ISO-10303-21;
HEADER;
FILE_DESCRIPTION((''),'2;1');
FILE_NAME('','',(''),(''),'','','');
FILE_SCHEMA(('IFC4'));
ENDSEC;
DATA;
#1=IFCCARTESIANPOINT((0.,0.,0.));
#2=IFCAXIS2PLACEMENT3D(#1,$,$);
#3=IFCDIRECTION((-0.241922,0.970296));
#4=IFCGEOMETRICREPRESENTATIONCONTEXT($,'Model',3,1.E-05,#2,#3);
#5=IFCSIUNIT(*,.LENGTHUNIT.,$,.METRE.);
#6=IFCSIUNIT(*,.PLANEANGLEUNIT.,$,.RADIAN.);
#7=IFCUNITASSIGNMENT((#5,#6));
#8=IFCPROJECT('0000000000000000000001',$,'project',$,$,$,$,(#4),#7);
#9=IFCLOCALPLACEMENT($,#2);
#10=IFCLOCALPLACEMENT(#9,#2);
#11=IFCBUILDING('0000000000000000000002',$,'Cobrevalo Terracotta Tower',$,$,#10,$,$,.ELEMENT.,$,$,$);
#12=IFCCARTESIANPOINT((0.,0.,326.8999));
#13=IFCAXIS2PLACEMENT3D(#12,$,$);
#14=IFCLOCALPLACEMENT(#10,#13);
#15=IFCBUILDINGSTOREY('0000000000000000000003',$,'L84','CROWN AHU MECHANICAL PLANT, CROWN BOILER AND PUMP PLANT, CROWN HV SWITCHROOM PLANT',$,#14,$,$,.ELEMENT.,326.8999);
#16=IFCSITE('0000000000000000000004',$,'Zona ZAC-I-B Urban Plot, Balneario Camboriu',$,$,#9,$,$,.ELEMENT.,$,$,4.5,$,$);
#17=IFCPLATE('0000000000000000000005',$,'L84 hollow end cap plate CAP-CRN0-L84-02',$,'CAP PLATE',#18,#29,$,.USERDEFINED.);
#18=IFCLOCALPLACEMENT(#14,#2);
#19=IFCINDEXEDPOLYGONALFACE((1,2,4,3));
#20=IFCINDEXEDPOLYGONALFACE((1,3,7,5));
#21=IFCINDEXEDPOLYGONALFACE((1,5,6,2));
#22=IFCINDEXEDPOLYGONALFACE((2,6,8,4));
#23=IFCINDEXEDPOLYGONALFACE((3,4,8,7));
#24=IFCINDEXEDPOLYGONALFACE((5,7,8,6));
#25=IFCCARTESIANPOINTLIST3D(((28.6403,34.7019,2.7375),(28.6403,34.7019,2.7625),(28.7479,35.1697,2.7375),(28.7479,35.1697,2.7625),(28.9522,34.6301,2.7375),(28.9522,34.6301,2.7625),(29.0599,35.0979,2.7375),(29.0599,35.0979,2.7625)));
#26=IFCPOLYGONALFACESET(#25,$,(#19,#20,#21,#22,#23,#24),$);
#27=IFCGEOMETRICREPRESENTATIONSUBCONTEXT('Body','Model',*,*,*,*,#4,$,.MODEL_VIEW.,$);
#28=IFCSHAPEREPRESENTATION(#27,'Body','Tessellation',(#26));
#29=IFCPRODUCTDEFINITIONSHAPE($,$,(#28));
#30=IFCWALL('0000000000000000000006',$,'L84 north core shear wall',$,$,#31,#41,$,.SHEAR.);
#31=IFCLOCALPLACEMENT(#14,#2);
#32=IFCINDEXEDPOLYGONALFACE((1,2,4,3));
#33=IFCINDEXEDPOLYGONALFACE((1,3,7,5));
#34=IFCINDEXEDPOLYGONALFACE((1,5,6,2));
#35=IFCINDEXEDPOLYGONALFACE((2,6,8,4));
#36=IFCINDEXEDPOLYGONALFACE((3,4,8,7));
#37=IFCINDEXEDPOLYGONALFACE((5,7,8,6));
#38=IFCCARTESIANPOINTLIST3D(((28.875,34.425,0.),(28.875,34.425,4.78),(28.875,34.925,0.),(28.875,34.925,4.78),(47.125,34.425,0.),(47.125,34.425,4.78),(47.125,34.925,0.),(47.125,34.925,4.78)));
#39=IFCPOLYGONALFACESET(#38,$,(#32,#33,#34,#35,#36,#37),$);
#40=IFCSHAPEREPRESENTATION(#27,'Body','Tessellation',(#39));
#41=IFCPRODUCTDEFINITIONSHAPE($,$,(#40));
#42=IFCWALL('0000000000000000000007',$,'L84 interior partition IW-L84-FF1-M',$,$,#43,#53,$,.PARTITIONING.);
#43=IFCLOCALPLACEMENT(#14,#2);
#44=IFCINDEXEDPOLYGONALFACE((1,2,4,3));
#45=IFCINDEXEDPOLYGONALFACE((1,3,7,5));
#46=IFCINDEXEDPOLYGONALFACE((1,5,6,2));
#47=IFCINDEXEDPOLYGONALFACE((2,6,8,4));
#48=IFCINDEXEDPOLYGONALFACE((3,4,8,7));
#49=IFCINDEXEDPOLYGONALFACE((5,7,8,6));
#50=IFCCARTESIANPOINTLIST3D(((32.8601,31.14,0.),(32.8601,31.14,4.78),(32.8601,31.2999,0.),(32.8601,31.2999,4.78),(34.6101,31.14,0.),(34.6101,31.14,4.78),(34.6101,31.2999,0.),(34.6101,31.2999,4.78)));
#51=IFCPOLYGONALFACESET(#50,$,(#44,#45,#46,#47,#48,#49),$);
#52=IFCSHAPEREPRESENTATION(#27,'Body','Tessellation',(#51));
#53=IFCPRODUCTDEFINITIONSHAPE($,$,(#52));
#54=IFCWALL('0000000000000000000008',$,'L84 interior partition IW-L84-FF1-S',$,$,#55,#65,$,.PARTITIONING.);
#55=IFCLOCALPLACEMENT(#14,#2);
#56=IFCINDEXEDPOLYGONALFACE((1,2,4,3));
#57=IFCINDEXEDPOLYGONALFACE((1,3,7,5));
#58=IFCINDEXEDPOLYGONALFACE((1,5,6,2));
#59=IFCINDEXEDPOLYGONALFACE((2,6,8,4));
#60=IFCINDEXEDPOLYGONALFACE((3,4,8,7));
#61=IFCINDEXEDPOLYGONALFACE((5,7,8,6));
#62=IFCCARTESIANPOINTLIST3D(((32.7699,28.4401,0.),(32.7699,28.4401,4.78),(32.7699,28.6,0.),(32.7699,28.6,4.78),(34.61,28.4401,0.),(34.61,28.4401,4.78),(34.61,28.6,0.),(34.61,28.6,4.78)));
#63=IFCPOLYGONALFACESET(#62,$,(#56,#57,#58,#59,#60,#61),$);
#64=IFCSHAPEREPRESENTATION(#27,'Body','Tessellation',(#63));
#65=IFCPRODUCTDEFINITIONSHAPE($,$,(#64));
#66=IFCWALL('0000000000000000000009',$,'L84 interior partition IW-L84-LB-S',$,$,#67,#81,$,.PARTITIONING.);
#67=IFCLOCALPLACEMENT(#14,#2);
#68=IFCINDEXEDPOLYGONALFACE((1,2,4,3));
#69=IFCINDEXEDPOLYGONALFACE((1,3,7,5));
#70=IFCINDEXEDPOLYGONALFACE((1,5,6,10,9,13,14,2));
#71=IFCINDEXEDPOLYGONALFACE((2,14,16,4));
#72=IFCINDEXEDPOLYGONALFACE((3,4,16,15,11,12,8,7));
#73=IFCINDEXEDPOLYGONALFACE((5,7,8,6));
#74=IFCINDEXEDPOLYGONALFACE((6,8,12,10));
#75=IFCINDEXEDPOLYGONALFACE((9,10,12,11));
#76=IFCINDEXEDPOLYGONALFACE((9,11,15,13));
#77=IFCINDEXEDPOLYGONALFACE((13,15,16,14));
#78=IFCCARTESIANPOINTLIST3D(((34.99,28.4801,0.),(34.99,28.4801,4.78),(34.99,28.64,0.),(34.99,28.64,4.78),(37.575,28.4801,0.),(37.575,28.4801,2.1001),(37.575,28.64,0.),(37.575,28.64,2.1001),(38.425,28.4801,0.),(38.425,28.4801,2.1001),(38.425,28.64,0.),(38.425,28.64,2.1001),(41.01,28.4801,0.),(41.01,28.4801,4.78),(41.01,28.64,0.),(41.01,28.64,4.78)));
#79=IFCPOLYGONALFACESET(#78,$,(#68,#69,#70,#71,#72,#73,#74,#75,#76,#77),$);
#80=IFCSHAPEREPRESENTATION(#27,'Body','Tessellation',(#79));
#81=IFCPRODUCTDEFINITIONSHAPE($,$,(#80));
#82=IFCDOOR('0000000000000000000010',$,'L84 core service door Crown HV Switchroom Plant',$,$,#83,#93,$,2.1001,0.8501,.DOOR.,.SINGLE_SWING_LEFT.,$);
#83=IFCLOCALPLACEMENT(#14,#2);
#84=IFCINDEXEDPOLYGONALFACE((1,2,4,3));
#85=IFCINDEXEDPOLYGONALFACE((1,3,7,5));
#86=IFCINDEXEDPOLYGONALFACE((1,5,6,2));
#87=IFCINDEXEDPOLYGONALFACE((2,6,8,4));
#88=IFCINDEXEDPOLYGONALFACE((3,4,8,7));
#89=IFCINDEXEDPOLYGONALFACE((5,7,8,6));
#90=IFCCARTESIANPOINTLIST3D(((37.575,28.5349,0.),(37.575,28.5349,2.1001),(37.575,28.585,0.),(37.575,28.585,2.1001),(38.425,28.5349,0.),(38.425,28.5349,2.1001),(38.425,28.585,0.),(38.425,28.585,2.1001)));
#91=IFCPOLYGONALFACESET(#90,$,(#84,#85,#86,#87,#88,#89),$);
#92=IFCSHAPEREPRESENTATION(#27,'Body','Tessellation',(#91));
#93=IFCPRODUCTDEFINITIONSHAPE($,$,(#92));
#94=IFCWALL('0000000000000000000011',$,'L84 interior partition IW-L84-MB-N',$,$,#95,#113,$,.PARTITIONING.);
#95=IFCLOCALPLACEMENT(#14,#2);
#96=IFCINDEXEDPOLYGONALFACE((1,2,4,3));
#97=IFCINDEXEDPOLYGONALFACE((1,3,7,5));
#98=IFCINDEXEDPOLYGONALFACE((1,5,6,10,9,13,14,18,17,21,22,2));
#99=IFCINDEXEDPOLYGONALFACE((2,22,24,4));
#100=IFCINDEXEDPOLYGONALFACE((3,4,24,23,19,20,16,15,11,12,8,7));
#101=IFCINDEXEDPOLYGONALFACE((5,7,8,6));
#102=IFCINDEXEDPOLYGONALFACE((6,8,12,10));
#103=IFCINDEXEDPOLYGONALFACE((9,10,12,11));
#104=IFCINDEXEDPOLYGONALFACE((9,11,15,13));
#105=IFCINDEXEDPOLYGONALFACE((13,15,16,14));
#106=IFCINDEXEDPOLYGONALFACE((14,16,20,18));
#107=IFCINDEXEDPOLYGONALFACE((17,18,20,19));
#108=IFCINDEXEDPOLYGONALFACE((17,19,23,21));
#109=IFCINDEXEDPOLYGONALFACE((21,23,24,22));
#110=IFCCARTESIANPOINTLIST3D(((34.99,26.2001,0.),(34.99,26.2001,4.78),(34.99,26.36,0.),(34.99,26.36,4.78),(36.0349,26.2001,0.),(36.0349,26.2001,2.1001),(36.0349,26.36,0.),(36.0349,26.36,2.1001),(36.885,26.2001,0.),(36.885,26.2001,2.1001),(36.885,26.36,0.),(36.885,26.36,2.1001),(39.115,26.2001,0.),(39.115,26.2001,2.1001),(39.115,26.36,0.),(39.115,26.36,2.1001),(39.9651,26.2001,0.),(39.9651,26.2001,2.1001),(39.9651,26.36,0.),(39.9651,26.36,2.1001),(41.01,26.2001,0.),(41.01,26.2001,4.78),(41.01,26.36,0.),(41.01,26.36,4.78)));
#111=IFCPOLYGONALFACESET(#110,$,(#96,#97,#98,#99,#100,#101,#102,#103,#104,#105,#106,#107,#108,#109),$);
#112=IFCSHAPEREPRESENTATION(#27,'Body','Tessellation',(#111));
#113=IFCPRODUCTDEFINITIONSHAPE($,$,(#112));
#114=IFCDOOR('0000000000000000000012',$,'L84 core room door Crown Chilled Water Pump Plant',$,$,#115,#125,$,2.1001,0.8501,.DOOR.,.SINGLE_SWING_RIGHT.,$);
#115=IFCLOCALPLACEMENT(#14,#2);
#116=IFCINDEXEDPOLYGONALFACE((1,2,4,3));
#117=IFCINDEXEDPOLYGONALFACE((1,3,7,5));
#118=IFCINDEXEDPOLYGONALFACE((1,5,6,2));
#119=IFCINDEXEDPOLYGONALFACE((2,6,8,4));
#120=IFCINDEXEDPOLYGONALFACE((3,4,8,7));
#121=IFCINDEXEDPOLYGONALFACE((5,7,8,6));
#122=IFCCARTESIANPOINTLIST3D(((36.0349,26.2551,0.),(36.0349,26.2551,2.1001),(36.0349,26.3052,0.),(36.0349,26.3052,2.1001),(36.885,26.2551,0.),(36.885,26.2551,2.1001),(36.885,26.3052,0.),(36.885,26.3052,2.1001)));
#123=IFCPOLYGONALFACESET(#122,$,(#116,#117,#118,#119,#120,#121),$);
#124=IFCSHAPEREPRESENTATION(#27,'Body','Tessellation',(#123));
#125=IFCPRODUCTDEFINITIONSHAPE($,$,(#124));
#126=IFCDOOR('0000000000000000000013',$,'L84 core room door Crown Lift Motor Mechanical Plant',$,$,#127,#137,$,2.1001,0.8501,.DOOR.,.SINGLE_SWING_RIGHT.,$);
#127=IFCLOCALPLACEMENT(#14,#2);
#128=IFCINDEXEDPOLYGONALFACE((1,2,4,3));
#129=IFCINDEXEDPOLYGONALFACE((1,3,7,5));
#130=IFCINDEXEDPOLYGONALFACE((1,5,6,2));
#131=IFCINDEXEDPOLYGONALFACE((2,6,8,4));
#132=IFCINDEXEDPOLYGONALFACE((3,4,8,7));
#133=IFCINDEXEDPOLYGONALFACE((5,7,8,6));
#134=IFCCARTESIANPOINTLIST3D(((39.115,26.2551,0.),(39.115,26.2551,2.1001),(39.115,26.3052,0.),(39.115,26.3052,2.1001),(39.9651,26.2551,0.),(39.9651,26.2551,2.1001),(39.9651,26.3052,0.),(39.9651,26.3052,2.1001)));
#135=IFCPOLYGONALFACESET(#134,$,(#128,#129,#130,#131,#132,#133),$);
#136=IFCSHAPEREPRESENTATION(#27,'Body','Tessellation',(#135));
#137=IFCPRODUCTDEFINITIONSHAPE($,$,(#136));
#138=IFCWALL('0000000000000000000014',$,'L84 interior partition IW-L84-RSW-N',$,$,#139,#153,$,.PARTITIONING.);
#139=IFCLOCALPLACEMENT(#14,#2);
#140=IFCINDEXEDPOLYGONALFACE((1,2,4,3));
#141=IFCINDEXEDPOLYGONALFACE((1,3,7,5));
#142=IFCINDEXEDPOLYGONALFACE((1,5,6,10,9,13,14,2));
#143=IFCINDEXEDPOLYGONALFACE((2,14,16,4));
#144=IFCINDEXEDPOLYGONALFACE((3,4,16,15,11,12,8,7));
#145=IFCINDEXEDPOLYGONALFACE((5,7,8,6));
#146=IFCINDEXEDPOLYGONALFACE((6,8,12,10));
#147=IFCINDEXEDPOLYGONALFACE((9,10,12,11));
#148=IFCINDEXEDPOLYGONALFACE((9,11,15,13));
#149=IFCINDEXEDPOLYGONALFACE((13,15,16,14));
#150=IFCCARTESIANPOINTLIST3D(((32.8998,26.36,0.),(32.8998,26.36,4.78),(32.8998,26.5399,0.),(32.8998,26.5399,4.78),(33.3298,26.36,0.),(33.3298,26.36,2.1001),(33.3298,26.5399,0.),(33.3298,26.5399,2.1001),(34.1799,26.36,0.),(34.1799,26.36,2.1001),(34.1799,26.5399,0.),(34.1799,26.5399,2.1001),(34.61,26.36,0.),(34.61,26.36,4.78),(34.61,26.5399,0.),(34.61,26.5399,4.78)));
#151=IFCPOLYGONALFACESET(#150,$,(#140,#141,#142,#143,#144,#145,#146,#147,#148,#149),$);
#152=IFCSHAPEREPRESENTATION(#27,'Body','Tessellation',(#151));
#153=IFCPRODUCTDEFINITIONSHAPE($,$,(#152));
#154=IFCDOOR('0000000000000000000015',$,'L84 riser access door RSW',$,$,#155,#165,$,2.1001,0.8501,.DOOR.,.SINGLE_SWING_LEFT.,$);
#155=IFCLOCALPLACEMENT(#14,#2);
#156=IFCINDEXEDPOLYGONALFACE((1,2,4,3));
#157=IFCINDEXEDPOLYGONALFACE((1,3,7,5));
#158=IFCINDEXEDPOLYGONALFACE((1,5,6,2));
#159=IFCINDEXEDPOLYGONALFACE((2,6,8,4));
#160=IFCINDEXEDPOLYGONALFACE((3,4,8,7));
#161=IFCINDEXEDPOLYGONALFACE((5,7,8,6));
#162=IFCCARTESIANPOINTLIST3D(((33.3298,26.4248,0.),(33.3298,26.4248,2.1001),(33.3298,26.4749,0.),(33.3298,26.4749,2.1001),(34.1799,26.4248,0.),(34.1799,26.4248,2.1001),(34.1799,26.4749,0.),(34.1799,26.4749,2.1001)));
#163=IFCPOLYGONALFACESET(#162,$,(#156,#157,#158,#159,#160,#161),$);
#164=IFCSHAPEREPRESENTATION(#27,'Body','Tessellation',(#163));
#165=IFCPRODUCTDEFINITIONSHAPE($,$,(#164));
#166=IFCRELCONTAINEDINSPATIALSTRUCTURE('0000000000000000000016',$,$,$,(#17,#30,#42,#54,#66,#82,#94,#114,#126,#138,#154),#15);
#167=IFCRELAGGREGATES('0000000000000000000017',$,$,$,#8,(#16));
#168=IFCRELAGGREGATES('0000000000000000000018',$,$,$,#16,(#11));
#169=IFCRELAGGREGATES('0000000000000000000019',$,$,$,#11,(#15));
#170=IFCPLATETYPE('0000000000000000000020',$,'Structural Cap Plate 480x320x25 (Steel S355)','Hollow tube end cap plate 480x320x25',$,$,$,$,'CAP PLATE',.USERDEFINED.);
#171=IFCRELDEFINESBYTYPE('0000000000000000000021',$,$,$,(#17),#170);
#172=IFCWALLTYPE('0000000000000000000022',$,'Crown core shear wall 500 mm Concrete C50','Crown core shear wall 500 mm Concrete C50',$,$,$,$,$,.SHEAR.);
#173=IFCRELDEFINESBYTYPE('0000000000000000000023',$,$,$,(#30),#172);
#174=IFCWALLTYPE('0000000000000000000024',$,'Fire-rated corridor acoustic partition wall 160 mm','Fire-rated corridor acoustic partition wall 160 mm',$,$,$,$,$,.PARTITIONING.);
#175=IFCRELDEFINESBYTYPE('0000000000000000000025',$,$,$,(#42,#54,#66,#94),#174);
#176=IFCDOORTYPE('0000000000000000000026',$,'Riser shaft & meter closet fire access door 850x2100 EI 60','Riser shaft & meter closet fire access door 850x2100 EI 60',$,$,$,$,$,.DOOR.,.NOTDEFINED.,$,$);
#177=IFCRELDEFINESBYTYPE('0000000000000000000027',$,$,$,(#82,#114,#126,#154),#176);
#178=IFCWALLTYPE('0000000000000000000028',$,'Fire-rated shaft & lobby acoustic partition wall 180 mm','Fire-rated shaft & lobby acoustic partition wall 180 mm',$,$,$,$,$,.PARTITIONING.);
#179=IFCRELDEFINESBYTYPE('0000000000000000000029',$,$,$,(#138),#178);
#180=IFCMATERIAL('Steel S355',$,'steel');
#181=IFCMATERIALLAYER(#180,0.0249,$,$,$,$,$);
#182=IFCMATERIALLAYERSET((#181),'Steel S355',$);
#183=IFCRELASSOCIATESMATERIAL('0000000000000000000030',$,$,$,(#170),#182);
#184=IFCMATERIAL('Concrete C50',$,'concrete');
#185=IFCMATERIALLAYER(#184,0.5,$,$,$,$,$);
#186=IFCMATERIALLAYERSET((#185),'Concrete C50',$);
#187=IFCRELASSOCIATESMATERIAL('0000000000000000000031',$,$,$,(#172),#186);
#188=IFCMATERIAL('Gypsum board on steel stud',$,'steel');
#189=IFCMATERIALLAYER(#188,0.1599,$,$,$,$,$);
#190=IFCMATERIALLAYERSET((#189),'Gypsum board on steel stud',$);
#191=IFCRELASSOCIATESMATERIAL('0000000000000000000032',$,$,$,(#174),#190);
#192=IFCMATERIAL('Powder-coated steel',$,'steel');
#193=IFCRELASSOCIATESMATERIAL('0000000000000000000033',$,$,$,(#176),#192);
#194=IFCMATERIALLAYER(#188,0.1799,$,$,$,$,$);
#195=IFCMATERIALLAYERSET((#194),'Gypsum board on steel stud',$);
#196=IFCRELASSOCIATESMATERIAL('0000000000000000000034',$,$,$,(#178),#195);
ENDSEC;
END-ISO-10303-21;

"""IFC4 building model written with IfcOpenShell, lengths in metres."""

from ifc_helpers import new_model, si_unit, direction, frame, frame_2d, origin, origin_2d, place, context, subcontext, project, spatial, rectangle, extrude, source, transform, mapped, material, layer, layer_set, type_object, element, fill, save


model = new_model("IFC4")

# Units and contexts
model_context = context("Model", 3, precision=1e-05, world=origin(), true_north=direction((-0.241922, 0.970296)))
body_context = subcontext(model_context, "Body", "Model", "MODEL_VIEW")
ifc_project = project(units=[si_unit("LENGTHUNIT", "METRE"), si_unit("PLANEANGLEUNIT", "RADIAN")], contexts=[model_context])

# Site, building, storey
site_placement = place(None, origin())
site = spatial("IfcSite", under=ifc_project, at=site_placement, Name="Zona ZAC-I-B Urban Plot, Balneario Camboriu", CompositionType="ELEMENT", RefElevation=4.5)
building_placement = place(site_placement, origin())
building = spatial("IfcBuilding", under=site, at=building_placement, Name="Cobrevalo Terracotta Tower", CompositionType="ELEMENT")
storey_placement = place(building_placement, frame((0.0, 0.0, 326.8999)))
storey = spatial("IfcBuildingStorey", under=building, at=storey_placement, Name="L84", Description="CROWN AHU MECHANICAL PLANT, CROWN BOILER AND PUMP PLANT, CROWN HV SWITCHROOM PLANT", CompositionType="ELEMENT", Elevation=326.8999)

# Shared definitions
ifc_material_1 = material(Name="Concrete C50", Category="concrete")

# Shared definitions
ifc_material_2 = material(Name="Steel S355", Category="steel")

# Plate
ifc_layer_1 = layer(ifc_material_2, 0.0249)
ifc_layer_set_1 = layer_set([ifc_layer_1], Name="Steel S355")
plate_type = type_object("IfcPlateType", Name="Structural Cap Plate 480x320x25 (Steel S355)", Description="Hollow tube end cap plate 480x320x25", ElementType="CAP PLATE", PredefinedType="USERDEFINED", material=ifc_layer_set_1)
shared_shape_1 = source(origin(), body_context, "Body", "SweptSolid", [
    extrude(rectangle(XDim=0.48, YDim=0.3201, at=origin_2d()), origin(), (0.0, 0.0, 1.0), 0.0249),
])
plate_placement = place(storey_placement, frame((28.8501, 34.8999, 2.7375), z_axis=(0.0, 0.0, 1.0), x_axis=(0.224221, 0.974538, 0.0)))
element("IfcPlate", 1, at=plate_placement, inside=storey, type_object=plate_type, Name="L84 hollow end cap plate CAP-CRN0-L84-02", ObjectType="CAP PLATE", PredefinedType="USERDEFINED", context=body_context, shape_type="MappedRepresentation", body=[
    mapped(shared_shape_1, transform((0.0, 0.0, 0.0), scale=1.0)),
])

# Walls
ifc_layer_2 = layer(ifc_material_1, 0.5)
ifc_layer_set_2 = layer_set([ifc_layer_2], Name="Concrete C50")
wall_type_1 = type_object("IfcWallType", Name="Crown core shear wall 500 mm Concrete C50", Description="Crown core shear wall 500 mm Concrete C50", PredefinedType="SHEAR", material=ifc_layer_set_2)
wall_1_placement = place(storey_placement, frame((28.875, 34.675, 0.0), z_axis=(0.0, 0.0, 1.0), x_axis=(1.0, 0.0, 0.0)))
element("IfcWall", 2, at=wall_1_placement, inside=storey, type_object=wall_type_1, Name="L84 north core shear wall", PredefinedType="SHEAR", context=body_context, shape_type="SweptSolid", body=[
    extrude(rectangle(XDim=18.25, YDim=0.5, at=frame_2d((9.125, 0.0))), origin(), (0.0, 0.0, 1.0), 4.78),
])
ifc_material_3 = material(Name="Gypsum board on steel stud", Category="steel")
ifc_layer_3 = layer(ifc_material_3, 0.1599)
ifc_layer_set_3 = layer_set([ifc_layer_3], Name="Gypsum board on steel stud")
wall_type_2 = type_object("IfcWallType", Name="Fire-rated corridor acoustic partition wall 160 mm", Description="Fire-rated corridor acoustic partition wall 160 mm", PredefinedType="PARTITIONING", material=ifc_layer_set_3)
wall_2_placement = place(storey_placement, frame((32.8601, 31.22, 0.0), z_axis=(0.0, 0.0, 1.0), x_axis=(1.0, 0.0, 0.0)))
element("IfcWall", 3, at=wall_2_placement, inside=storey, type_object=wall_type_2, Name="L84 interior partition IW-L84-FF1-M", PredefinedType="PARTITIONING", context=body_context, shape_type="SweptSolid", body=[
    extrude(rectangle(XDim=1.75, YDim=0.1599, at=frame_2d((0.875, 0.0))), origin(), (0.0, 0.0, 1.0), 4.78),
])
wall_3_placement = place(storey_placement, frame((32.77, 28.52, 0.0), z_axis=(0.0, 0.0, 1.0), x_axis=(1.0, 0.0, 0.0)))
element("IfcWall", 4, at=wall_3_placement, inside=storey, type_object=wall_type_2, Name="L84 interior partition IW-L84-FF1-S", PredefinedType="PARTITIONING", context=body_context, shape_type="SweptSolid", body=[
    extrude(rectangle(XDim=1.8401, YDim=0.1599, at=frame_2d((0.9199, 0.0))), origin(), (0.0, 0.0, 1.0), 4.78),
])

# Wall, opening, door
wall_4_placement = place(storey_placement, frame((34.99, 28.5601, 0.0), z_axis=(0.0, 0.0, 1.0), x_axis=(1.0, 0.0, 0.0)))
wall_4 = element("IfcWall", 5, at=wall_4_placement, inside=storey, type_object=wall_type_2, Name="L84 interior partition IW-L84-LB-S", PredefinedType="PARTITIONING", context=body_context, shape_type="SweptSolid", body=[
    extrude(rectangle(XDim=6.02, YDim=0.1599, at=frame_2d((3.01, 0.0))), origin(), (0.0, 0.0, 1.0), 4.78),
])
opening_1_placement = place(wall_4_placement, frame((2.585, 0.0, 0.0)))
opening_1 = element("IfcOpeningElement", 6, at=opening_1_placement, cuts=wall_4, PredefinedType="OPENING", context=body_context, shape_type="SweptSolid", body=[
    extrude(rectangle(XDim=0.8501, YDim=2.1001, at=frame_2d((0.425, 1.05))), frame((0.0, 0.0898, 0.0), z_axis=(0.0, -1.0, 0.0), x_axis=(1.0, 0.0, 0.0)), (0.0, 0.0, 1.0), 0.1799),
])
ifc_material_4 = material(Name="Powder-coated steel", Category="steel")
door_type_1 = type_object("IfcDoorType", Name="Riser shaft & meter closet fire access door 850x2100 EI 60", Description="Riser shaft & meter closet fire access door 850x2100 EI 60", OperationType="NOTDEFINED", PredefinedType="DOOR", material=ifc_material_4)
shared_shape_2 = source(origin(), body_context, "Body", "SweptSolid", [
    extrude(rectangle(XDim=0.8501, YDim=2.1001, at=frame_2d((0.425, 1.05))), frame((0.0, 0.0249, 0.0), z_axis=(0.0, -1.0, 0.0), x_axis=(1.0, 0.0, 0.0)), (0.0, 0.0, 1.0), 0.05),
])
door_1_placement = place(opening_1_placement, origin())
door_1 = element("IfcDoor", 7, at=door_1_placement, inside=storey, type_object=door_type_1, Name="L84 core service door Crown HV Switchroom Plant", OperationType="SINGLE_SWING_LEFT", OverallHeight=2.1001, OverallWidth=0.8501, PredefinedType="DOOR", context=body_context, shape_type="MappedRepresentation", body=[
    mapped(shared_shape_2, transform((0.0, 0.0, 0.0), scale=1.0)),
])
fill(opening_1, door_1)

# Wall, openings, doors
wall_5_placement = place(storey_placement, frame((34.99, 26.28, 0.0), z_axis=(0.0, 0.0, 1.0), x_axis=(1.0, 0.0, 0.0)))
wall_5 = element("IfcWall", 8, at=wall_5_placement, inside=storey, type_object=wall_type_2, Name="L84 interior partition IW-L84-MB-N", PredefinedType="PARTITIONING", context=body_context, shape_type="SweptSolid", body=[
    extrude(rectangle(XDim=6.02, YDim=0.1599, at=frame_2d((3.01, 0.0))), origin(), (0.0, 0.0, 1.0), 4.78),
])
opening_2_placement = place(wall_5_placement, frame((1.0449, 0.0, 0.0)))
opening_2 = element("IfcOpeningElement", 9, at=opening_2_placement, cuts=wall_5, PredefinedType="OPENING", context=body_context, shape_type="SweptSolid", body=[
    extrude(rectangle(XDim=0.8501, YDim=2.1001, at=frame_2d((0.425, 1.05))), frame((0.0, 0.0898, 0.0), z_axis=(0.0, -1.0, 0.0), x_axis=(1.0, 0.0, 0.0)), (0.0, 0.0, 1.0), 0.1799),
])
opening_3_placement = place(wall_5_placement, frame((4.125, 0.0, 0.0)))
opening_3 = element("IfcOpeningElement", 10, at=opening_3_placement, cuts=wall_5, PredefinedType="OPENING", context=body_context, shape_type="SweptSolid", body=[
    extrude(rectangle(XDim=0.8501, YDim=2.1001, at=frame_2d((0.425, 1.05))), frame((0.0, 0.0898, 0.0), z_axis=(0.0, -1.0, 0.0), x_axis=(1.0, 0.0, 0.0)), (0.0, 0.0, 1.0), 0.1799),
])
door_2_placement = place(opening_2_placement, frame((0.8501, 0.0, 0.0), z_axis=(0.0, 0.0, 1.0), x_axis=(-1.0, 0.0, 0.0)))
door_2 = element("IfcDoor", 11, at=door_2_placement, inside=storey, type_object=door_type_1, Name="L84 core room door Crown Chilled Water Pump Plant", OperationType="SINGLE_SWING_RIGHT", OverallHeight=2.1001, OverallWidth=0.8501, PredefinedType="DOOR", context=body_context, shape_type="MappedRepresentation", body=[
    mapped(shared_shape_2, transform((0.0, 0.0, 0.0), scale=1.0)),
])
fill(opening_2, door_2)
door_3_placement = place(opening_3_placement, frame((0.8501, 0.0, 0.0), z_axis=(0.0, 0.0, 1.0), x_axis=(-1.0, 0.0, 0.0)))
door_3 = element("IfcDoor", 12, at=door_3_placement, inside=storey, type_object=door_type_1, Name="L84 core room door Crown Lift Motor Mechanical Plant", OperationType="SINGLE_SWING_RIGHT", OverallHeight=2.1001, OverallWidth=0.8501, PredefinedType="DOOR", context=body_context, shape_type="MappedRepresentation", body=[
    mapped(shared_shape_2, transform((0.0, 0.0, 0.0), scale=1.0)),
])
fill(opening_3, door_3)

# Wall, opening, door
ifc_layer_4 = layer(ifc_material_3, 0.1799)
ifc_layer_set_4 = layer_set([ifc_layer_4], Name="Gypsum board on steel stud")
wall_type_3 = type_object("IfcWallType", Name="Fire-rated shaft & lobby acoustic partition wall 180 mm", Description="Fire-rated shaft & lobby acoustic partition wall 180 mm", PredefinedType="PARTITIONING", material=ifc_layer_set_4)
wall_6_placement = place(storey_placement, frame((32.8999, 26.45, 0.0), z_axis=(0.0, 0.0, 1.0), x_axis=(1.0, 0.0, 0.0)))
wall_6 = element("IfcWall", 13, at=wall_6_placement, inside=storey, type_object=wall_type_3, Name="L84 interior partition IW-L84-RSW-N", PredefinedType="PARTITIONING", context=body_context, shape_type="SweptSolid", body=[
    extrude(rectangle(XDim=1.7102, YDim=0.1799, at=frame_2d((0.855, 0.0))), origin(), (0.0, 0.0, 1.0), 4.78),
])
opening_4_placement = place(wall_6_placement, frame((0.4299, 0.0, 0.0)))
opening_4 = element("IfcOpeningElement", 14, at=opening_4_placement, cuts=wall_6, PredefinedType="OPENING", context=body_context, shape_type="SweptSolid", body=[
    extrude(rectangle(XDim=0.8501, YDim=2.1001, at=frame_2d((0.425, 1.05))), frame((0.0, 0.1001, 0.0), z_axis=(0.0, -1.0, 0.0), x_axis=(1.0, 0.0, 0.0)), (0.0, 0.0, 1.0), 0.2),
])
door_4_placement = place(opening_4_placement, origin())
door_4 = element("IfcDoor", 15, at=door_4_placement, inside=storey, type_object=door_type_1, Name="L84 riser access door RSW", OperationType="SINGLE_SWING_LEFT", OverallHeight=2.1001, OverallWidth=0.8501, PredefinedType="DOOR", context=body_context, shape_type="MappedRepresentation", body=[
    mapped(shared_shape_2, transform((0.0, 0.0, 0.0), scale=1.0)),
])
fill(opening_4, door_4)

save(model, "model.ifc")
